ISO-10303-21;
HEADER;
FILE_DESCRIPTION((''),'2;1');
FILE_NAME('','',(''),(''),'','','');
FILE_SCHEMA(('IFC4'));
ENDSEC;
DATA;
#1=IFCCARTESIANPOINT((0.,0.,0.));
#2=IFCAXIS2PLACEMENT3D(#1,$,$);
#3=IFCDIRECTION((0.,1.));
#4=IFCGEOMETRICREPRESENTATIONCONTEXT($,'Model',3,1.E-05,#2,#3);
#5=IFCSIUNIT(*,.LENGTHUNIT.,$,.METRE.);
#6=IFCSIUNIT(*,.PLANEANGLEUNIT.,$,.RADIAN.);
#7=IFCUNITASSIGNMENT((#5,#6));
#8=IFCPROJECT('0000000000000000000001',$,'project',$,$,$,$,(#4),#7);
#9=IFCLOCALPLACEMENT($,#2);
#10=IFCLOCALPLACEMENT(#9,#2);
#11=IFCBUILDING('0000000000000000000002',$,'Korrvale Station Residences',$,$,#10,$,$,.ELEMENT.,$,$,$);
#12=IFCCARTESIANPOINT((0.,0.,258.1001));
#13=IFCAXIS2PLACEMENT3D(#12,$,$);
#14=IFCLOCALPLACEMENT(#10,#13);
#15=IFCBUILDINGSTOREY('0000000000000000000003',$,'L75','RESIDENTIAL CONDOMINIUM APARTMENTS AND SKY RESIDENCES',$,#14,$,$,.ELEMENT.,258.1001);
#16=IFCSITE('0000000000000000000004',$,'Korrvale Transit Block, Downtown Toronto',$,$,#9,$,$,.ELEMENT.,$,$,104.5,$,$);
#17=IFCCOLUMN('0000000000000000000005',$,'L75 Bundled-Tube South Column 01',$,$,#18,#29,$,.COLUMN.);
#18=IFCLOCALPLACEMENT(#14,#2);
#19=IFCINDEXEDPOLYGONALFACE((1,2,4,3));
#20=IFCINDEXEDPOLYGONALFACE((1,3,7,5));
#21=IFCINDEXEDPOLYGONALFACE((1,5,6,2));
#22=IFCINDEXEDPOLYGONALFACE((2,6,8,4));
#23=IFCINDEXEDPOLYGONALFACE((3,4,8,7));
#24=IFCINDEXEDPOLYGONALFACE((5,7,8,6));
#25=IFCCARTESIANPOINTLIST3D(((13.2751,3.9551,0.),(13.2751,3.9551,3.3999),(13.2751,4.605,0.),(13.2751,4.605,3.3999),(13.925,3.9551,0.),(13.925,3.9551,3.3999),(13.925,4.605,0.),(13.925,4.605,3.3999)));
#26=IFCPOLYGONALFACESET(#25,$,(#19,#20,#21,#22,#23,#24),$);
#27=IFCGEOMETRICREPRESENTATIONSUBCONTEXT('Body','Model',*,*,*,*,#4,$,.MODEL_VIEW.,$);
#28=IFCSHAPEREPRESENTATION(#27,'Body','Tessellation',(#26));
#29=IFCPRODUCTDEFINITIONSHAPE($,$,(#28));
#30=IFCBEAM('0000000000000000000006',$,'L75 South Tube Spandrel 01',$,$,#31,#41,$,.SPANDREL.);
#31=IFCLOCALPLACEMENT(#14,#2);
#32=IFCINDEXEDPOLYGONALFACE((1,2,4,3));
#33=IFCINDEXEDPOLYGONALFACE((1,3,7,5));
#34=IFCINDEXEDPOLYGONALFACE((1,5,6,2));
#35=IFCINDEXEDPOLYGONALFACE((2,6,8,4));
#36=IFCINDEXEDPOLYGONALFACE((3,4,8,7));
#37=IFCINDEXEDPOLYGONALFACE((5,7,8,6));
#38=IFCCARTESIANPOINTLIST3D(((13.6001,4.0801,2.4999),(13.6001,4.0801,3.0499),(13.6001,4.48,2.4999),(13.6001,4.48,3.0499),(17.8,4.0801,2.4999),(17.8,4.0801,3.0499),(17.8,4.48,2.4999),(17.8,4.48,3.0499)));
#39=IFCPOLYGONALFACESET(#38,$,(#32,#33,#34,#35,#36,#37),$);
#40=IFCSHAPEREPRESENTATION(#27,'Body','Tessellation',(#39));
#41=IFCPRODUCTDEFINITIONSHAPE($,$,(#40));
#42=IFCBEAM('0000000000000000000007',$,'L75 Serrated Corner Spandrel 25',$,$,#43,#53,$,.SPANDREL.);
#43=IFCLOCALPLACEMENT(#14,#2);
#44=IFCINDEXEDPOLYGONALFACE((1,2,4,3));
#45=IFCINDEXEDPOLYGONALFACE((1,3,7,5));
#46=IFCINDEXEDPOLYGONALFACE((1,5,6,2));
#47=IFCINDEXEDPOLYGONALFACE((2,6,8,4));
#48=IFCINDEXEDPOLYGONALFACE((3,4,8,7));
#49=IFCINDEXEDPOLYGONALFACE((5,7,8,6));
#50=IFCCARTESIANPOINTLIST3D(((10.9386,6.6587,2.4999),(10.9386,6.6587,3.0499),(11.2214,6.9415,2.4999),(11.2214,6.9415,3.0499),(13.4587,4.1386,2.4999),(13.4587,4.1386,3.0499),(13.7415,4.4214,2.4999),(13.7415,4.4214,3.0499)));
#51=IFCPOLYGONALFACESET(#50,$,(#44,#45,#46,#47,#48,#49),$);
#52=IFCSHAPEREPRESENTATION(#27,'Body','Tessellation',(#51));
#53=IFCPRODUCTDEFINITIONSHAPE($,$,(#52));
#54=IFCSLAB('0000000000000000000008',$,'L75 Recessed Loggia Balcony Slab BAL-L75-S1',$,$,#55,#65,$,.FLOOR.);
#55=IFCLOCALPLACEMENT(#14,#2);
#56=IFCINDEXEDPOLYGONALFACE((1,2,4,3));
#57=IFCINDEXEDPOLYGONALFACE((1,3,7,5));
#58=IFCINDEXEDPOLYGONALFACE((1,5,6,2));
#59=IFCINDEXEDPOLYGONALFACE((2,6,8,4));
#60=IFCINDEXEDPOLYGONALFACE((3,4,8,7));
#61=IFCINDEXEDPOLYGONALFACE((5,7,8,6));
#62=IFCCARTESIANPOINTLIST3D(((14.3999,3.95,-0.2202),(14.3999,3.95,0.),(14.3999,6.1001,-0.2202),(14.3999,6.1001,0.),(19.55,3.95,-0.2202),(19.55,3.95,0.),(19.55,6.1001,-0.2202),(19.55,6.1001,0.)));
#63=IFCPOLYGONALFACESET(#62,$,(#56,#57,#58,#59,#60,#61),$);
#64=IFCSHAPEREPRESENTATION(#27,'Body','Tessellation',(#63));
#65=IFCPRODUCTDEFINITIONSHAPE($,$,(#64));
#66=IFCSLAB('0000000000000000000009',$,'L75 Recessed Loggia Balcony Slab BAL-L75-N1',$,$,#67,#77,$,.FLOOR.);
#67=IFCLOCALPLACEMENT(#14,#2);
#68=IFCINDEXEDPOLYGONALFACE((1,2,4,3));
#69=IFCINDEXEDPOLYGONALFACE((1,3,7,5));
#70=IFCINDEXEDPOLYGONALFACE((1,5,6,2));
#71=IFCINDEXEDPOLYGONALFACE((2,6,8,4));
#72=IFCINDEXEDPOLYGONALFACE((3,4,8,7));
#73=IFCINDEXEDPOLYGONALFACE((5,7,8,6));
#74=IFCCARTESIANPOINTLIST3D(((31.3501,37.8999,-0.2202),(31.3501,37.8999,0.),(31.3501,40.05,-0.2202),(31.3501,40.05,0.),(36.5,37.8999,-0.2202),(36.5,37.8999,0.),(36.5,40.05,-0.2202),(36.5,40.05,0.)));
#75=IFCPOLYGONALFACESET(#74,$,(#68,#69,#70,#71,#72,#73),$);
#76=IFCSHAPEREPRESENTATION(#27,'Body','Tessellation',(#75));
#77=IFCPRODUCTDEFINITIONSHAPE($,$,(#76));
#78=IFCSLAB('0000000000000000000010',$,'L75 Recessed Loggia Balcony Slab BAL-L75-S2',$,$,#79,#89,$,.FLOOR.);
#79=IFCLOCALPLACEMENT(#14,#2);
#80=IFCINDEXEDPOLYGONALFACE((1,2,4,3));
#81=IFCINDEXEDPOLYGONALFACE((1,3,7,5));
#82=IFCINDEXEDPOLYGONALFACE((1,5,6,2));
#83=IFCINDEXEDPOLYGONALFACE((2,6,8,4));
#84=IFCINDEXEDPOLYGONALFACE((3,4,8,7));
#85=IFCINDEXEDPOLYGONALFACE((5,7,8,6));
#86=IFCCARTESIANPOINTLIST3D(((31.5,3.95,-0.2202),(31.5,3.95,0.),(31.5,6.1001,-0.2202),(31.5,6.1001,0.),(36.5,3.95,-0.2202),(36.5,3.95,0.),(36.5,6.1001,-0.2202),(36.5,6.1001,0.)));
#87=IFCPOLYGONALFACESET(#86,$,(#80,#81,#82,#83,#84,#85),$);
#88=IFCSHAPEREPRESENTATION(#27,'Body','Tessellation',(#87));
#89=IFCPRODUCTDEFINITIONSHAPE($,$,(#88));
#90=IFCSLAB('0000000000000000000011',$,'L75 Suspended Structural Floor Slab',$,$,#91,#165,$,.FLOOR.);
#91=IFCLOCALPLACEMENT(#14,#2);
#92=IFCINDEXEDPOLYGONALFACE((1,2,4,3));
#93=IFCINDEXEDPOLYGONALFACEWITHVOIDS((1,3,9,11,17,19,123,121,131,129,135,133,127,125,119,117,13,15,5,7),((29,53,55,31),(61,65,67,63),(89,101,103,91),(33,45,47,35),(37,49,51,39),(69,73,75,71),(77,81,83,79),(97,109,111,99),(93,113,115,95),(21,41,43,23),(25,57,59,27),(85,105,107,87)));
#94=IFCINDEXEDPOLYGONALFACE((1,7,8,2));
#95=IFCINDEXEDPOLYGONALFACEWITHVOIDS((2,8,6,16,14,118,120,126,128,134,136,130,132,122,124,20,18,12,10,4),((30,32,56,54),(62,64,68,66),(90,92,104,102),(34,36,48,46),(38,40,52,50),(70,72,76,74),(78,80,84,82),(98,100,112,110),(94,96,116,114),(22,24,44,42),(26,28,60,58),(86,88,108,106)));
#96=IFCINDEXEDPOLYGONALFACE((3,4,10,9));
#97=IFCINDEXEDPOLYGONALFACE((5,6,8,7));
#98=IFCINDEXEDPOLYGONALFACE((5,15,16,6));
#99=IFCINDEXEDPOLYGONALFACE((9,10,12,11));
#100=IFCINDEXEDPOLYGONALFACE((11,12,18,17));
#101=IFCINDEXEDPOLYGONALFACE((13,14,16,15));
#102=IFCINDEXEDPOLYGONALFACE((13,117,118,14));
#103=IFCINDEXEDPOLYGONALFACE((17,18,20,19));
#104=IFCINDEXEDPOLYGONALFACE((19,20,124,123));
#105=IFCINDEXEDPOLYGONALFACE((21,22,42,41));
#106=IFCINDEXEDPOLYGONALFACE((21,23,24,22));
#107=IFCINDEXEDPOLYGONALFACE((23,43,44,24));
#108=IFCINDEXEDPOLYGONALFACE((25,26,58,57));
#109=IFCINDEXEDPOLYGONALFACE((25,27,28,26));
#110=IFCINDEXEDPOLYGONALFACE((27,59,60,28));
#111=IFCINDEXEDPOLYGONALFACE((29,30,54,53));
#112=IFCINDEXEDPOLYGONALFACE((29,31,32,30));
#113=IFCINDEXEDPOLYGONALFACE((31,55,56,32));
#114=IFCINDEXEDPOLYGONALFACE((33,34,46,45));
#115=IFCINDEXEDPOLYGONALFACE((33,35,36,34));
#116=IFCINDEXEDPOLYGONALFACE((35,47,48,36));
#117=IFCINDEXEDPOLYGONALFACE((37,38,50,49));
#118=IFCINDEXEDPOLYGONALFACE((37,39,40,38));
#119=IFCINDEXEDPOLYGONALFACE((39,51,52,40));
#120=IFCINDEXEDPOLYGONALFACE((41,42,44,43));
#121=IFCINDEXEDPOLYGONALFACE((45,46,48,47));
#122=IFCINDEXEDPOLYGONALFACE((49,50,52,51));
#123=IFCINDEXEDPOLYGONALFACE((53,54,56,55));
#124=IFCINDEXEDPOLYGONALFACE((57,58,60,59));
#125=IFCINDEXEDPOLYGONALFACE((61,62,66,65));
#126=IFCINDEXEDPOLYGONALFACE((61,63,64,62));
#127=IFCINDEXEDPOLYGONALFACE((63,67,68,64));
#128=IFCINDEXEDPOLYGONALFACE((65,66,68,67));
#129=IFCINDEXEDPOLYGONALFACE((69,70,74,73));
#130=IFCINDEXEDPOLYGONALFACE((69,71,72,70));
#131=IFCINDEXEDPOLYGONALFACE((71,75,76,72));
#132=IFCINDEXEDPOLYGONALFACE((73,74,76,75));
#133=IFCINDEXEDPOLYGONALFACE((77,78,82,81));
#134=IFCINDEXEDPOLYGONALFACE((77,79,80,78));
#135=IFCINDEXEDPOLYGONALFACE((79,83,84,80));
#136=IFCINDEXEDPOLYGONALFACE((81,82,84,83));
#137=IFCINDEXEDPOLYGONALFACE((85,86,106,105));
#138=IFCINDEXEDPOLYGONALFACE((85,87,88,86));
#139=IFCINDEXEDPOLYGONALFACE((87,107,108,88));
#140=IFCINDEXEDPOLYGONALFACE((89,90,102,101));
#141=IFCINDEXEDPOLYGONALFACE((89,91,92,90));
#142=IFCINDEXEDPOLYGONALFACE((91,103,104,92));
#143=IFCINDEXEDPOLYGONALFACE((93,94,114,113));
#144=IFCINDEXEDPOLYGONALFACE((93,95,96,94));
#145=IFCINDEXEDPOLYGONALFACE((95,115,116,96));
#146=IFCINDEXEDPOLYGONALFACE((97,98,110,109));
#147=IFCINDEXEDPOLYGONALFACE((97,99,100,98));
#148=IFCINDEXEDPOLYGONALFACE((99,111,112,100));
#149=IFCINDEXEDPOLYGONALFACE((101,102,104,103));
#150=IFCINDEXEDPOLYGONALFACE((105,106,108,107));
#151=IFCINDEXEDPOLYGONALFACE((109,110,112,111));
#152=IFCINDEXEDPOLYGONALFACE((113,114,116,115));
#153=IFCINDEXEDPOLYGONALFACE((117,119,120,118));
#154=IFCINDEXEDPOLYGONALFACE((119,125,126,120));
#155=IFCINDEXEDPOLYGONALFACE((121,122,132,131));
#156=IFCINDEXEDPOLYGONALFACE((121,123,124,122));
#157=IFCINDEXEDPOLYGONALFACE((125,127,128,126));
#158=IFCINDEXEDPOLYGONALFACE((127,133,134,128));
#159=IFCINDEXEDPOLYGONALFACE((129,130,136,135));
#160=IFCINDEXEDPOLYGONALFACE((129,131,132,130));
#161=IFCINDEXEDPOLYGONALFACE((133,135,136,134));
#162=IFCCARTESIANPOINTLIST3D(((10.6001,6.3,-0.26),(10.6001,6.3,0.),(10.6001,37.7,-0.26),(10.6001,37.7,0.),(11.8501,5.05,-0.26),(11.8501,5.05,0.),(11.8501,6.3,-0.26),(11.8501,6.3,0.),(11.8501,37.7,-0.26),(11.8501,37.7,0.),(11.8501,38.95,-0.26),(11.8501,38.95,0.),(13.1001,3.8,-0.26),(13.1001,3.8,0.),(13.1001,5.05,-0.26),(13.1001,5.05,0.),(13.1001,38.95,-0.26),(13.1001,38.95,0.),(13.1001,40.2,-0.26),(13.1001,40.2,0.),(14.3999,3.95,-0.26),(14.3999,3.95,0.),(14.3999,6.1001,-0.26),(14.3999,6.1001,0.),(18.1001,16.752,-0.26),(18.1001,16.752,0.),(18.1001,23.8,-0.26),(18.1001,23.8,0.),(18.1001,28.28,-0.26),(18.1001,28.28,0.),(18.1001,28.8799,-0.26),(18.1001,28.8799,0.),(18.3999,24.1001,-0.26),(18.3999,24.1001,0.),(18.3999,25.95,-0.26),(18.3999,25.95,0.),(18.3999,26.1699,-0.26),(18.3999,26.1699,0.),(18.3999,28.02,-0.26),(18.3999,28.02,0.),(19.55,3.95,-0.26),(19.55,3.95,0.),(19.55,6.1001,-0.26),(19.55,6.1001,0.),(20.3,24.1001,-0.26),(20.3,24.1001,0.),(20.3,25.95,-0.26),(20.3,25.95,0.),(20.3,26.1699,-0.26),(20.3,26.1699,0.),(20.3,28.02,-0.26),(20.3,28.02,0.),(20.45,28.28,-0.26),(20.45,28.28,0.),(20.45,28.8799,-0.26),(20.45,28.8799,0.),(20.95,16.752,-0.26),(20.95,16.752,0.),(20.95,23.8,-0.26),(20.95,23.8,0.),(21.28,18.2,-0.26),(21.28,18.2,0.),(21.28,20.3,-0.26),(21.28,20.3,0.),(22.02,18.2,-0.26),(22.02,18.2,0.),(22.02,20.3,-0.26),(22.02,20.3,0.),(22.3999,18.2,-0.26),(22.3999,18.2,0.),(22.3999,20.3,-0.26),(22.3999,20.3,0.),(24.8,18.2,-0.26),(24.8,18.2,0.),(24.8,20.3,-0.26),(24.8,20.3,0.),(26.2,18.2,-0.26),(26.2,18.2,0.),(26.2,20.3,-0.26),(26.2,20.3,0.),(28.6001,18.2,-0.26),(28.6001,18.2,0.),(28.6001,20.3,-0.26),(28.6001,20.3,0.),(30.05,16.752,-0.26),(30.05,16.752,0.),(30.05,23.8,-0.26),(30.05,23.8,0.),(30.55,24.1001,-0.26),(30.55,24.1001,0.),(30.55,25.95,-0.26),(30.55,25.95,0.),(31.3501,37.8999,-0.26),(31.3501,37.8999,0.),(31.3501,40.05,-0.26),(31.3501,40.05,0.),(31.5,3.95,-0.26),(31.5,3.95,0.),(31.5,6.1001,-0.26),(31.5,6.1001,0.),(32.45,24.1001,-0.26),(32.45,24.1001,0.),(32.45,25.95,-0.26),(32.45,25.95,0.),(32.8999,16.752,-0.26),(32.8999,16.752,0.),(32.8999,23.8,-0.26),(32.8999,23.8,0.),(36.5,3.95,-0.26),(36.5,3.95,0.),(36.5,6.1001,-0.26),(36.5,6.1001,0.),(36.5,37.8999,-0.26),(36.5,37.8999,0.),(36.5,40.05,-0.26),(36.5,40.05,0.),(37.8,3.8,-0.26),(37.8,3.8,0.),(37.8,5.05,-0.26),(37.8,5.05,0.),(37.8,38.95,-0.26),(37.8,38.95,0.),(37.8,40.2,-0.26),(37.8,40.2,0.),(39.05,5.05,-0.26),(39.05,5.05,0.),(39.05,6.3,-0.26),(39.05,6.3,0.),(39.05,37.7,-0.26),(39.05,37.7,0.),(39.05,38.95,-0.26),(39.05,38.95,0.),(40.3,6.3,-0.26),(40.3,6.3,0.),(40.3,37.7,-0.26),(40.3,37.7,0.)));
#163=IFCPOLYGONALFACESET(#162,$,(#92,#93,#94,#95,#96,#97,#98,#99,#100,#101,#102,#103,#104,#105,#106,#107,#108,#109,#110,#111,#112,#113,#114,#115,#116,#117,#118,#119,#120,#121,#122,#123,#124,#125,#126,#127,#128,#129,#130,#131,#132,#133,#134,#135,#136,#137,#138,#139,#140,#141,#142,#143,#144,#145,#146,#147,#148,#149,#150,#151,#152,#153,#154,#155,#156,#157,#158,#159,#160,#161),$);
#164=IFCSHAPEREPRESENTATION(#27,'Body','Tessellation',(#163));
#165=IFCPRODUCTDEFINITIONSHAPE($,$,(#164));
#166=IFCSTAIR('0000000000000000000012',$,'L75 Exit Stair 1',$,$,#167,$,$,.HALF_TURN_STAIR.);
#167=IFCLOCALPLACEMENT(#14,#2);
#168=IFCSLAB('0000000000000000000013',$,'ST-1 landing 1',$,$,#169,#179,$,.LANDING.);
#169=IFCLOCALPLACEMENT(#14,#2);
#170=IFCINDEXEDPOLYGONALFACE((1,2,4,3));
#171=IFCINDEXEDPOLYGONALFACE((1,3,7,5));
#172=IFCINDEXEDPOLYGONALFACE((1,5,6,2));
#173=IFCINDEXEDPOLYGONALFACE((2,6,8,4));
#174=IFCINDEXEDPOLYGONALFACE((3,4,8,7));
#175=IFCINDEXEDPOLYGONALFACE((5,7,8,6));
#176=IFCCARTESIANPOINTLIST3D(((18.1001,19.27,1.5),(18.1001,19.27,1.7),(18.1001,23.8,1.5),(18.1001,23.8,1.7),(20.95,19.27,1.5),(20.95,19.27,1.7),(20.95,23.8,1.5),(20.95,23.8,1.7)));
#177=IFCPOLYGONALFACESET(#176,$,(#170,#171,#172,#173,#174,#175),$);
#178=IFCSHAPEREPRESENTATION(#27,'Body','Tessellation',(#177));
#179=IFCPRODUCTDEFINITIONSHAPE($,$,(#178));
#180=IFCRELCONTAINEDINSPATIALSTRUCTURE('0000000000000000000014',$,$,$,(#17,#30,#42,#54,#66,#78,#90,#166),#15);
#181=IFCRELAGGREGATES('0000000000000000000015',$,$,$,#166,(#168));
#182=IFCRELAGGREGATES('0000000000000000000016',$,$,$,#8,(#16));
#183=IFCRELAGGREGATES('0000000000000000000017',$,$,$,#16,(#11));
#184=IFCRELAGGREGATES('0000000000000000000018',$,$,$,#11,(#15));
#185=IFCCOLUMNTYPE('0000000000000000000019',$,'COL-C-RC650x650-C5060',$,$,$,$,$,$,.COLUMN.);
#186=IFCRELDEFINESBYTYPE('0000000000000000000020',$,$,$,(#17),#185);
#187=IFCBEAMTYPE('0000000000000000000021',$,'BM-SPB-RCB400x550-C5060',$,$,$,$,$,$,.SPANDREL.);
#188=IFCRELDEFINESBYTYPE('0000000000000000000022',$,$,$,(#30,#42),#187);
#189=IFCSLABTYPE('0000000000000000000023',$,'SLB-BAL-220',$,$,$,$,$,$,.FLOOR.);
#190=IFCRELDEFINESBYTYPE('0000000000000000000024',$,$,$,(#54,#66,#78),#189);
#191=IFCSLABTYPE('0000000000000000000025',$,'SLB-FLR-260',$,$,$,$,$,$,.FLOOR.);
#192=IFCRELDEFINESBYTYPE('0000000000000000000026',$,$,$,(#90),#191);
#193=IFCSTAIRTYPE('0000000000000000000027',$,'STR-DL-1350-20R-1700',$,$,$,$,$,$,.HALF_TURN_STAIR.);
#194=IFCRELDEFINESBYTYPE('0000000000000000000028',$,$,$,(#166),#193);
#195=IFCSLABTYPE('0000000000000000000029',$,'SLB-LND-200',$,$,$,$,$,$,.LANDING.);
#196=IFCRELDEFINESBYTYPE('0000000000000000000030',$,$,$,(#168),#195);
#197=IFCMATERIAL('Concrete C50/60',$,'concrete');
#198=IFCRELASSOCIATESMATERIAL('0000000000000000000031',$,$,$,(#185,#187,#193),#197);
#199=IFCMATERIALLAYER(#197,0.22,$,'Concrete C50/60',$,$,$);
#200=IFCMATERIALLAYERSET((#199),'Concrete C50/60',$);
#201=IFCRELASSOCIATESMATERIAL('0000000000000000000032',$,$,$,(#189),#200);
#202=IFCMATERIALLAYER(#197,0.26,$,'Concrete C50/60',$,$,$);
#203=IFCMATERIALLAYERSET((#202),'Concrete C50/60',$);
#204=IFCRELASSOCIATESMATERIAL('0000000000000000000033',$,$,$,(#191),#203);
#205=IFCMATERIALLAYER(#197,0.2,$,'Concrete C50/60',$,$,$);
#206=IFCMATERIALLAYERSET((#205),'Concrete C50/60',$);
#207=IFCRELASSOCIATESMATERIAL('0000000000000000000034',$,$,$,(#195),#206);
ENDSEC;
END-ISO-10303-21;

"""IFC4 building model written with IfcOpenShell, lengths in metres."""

from ifc_helpers import new_model, si_unit, direction, frame, origin, origin_2d, place, context, subcontext, project, spatial, polyline, rectangle, outline, extrude, material, layer, layer_set, material_profile, profile_set, type_object, element, aggregate, save


model = new_model("IFC4")

# Units and contexts
model_context = context("Model", 3, precision=1e-05, world=origin(), true_north=direction((0.0, 1.0)))
body_context = subcontext(model_context, "Body", "Model", "MODEL_VIEW")
ifc_project = project(units=[si_unit("LENGTHUNIT", "METRE"), si_unit("PLANEANGLEUNIT", "RADIAN")], contexts=[model_context])

# Site, building, storey
site_placement = place(None, origin())
site = spatial("IfcSite", under=ifc_project, at=site_placement, Name="Korrvale Transit Block, Downtown Toronto", CompositionType="ELEMENT", RefElevation=104.5)
building_placement = place(site_placement, origin())
building = spatial("IfcBuilding", under=site, at=building_placement, Name="Korrvale Station Residences", CompositionType="ELEMENT")
storey_placement = place(building_placement, frame((0.0, 0.0, 258.1001)))
storey = spatial("IfcBuildingStorey", under=building, at=storey_placement, Name="L75", Description="RESIDENTIAL CONDOMINIUM APARTMENTS AND SKY RESIDENCES", CompositionType="ELEMENT", Elevation=258.1001)

# Column
ifc_material_1 = material(Name="Concrete C50/60", Category="concrete")
ifc_material_profile_1 = material_profile(ifc_material_1, rectangle(XDim=0.6499, YDim=0.6499, at=origin_2d()), Name="RC650x650")
ifc_profile_set_1 = profile_set([ifc_material_profile_1], Name="Concrete C50/60")
column_type = type_object("IfcColumnType", Name="COL-C-RC650x650-C5060", PredefinedType="COLUMN", material=ifc_profile_set_1)
column_placement = place(storey_placement, frame((13.6001, 4.28, 0.0), z_axis=(0.0, 0.0, 1.0), x_axis=(1.0, 0.0, 0.0)))
element("IfcColumn", 1, at=column_placement, inside=storey, type_object=column_type, Name="L75 Bundled-Tube South Column 01", PredefinedType="COLUMN", context=body_context, shape_type="SweptSolid", body=[
    extrude(rectangle(XDim=0.6499, YDim=0.6499, at=origin_2d()), origin(), (0.0, 0.0, 1.0), 3.3999),
])

# Beams
ifc_material_profile_2 = material_profile(ifc_material_1, rectangle(XDim=0.3999, YDim=0.55, at=origin_2d()), Name="RCB400x550")
ifc_profile_set_2 = profile_set([ifc_material_profile_2], Name="Concrete C50/60")
beam_type = type_object("IfcBeamType", Name="BM-SPB-RCB400x550-C5060", PredefinedType="SPANDREL", material=ifc_profile_set_2)
beam_1_placement = place(storey_placement, frame((13.6001, 4.28, 2.7749), z_axis=(1.0, 0.0, 0.0), x_axis=(0.0, 1.0, 0.0)))
element("IfcBeam", 2, at=beam_1_placement, inside=storey, type_object=beam_type, Name="L75 South Tube Spandrel 01", PredefinedType="SPANDREL", context=body_context, shape_type="SweptSolid", body=[
    extrude(rectangle(XDim=0.3999, YDim=0.55, at=origin_2d()), origin(), (0.0, 0.0, 1.0), 4.2),
])
beam_2_placement = place(storey_placement, frame((13.6001, 4.28, 2.7749), z_axis=(-0.707107, 0.707107, 0.0), x_axis=(-0.707107, -0.707107, 0.0)))
element("IfcBeam", 3, at=beam_2_placement, inside=storey, type_object=beam_type, Name="L75 Serrated Corner Spandrel 25", PredefinedType="SPANDREL", context=body_context, shape_type="SweptSolid", body=[
    extrude(rectangle(XDim=0.3999, YDim=0.55, at=origin_2d()), origin(), (0.0, 0.0, 1.0), 3.564),
])

# Slabs
ifc_layer_1 = layer(ifc_material_1, 0.22, Name="Concrete C50/60")
ifc_layer_set_1 = layer_set([ifc_layer_1], Name="Concrete C50/60")
slab_type_1 = type_object("IfcSlabType", Name="SLB-BAL-220", PredefinedType="FLOOR", material=ifc_layer_set_1)
slab_1_placement = place(storey_placement, frame((0.0, 0.0, -0.2202)))
element("IfcSlab", 4, at=slab_1_placement, inside=storey, type_object=slab_type_1, Name="L75 Recessed Loggia Balcony Slab BAL-L75-S1", PredefinedType="FLOOR", context=body_context, shape_type="SweptSolid", body=[
    extrude(outline(polyline([(14.3999, 3.95), (19.55, 3.95), (19.55, 6.1001), (14.3999, 6.1001), (14.3999, 3.95)])), origin(), (0.0, 0.0, 1.0), 0.2202),
])
slab_2_placement = place(storey_placement, frame((0.0, 0.0, -0.2202)))
element("IfcSlab", 5, at=slab_2_placement, inside=storey, type_object=slab_type_1, Name="L75 Recessed Loggia Balcony Slab BAL-L75-N1", PredefinedType="FLOOR", context=body_context, shape_type="SweptSolid", body=[
    extrude(outline(polyline([(31.3501, 37.8999), (36.5, 37.8999), (36.5, 40.05), (31.3501, 40.05), (31.3501, 37.8999)])), origin(), (0.0, 0.0, 1.0), 0.2202),
])
slab_3_placement = place(storey_placement, frame((0.0, 0.0, -0.2202)))
element("IfcSlab", 6, at=slab_3_placement, inside=storey, type_object=slab_type_1, Name="L75 Recessed Loggia Balcony Slab BAL-L75-S2", PredefinedType="FLOOR", context=body_context, shape_type="SweptSolid", body=[
    extrude(outline(polyline([(31.5, 3.95), (36.5, 3.95), (36.5, 6.1001), (31.5, 6.1001), (31.5, 3.95)])), origin(), (0.0, 0.0, 1.0), 0.2202),
])
ifc_layer_2 = layer(ifc_material_1, 0.26, Name="Concrete C50/60")
ifc_layer_set_2 = layer_set([ifc_layer_2], Name="Concrete C50/60")
slab_type_2 = type_object("IfcSlabType", Name="SLB-FLR-260", PredefinedType="FLOOR", material=ifc_layer_set_2)
slab_4_placement = place(storey_placement, frame((0.0, 0.0, -0.26)))
element("IfcSlab", 7, at=slab_4_placement, inside=storey, type_object=slab_type_2, Name="L75 Suspended Structural Floor Slab", PredefinedType="FLOOR", context=body_context, shape_type="SweptSolid", body=[
    extrude(outline(polyline([(13.1001, 3.8), (37.8, 3.8), (37.8, 5.05), (39.05, 5.05), (39.05, 6.3), (40.3, 6.3), (40.3, 37.7), (39.05, 37.7), (39.05, 38.95), (37.8, 38.95), (37.8, 40.2), (13.1001, 40.2), (13.1001, 38.95), (11.8501, 38.95), (11.8501, 37.7), (10.6001, 37.7), (10.6001, 6.3), (11.8501, 6.3), (11.8501, 5.05), (13.1001, 5.05), (13.1001, 3.8)]), holes=[polyline([(20.95, 16.752), (20.95, 23.8), (18.1001, 23.8), (18.1001, 16.752), (20.95, 16.752)]), polyline([(32.8999, 16.752), (32.8999, 23.8), (30.05, 23.8), (30.05, 16.752), (32.8999, 16.752)]), polyline([(18.3999, 24.1001), (20.3, 24.1001), (20.3, 25.95), (18.3999, 25.95), (18.3999, 24.1001)]), polyline([(18.3999, 26.1699), (20.3, 26.1699), (20.3, 28.02), (18.3999, 28.02), (18.3999, 26.1699)]), polyline([(30.55, 24.1001), (32.45, 24.1001), (32.45, 25.95), (30.55, 25.95), (30.55, 24.1001)]), polyline([(22.3999, 18.2), (24.8, 18.2), (24.8, 20.3), (22.3999, 20.3), (22.3999, 18.2)]), polyline([(26.2, 18.2), (28.6001, 18.2), (28.6001, 20.3), (26.2, 20.3), (26.2, 18.2)]), polyline([(18.1001, 28.28), (20.45, 28.28), (20.45, 28.8799), (18.1001, 28.8799), (18.1001, 28.28)]), polyline([(21.28, 18.2), (22.02, 18.2), (22.02, 20.3), (21.28, 20.3), (21.28, 18.2)]), polyline([(14.3999, 3.95), (19.55, 3.95), (19.55, 6.1001), (14.3999, 6.1001), (14.3999, 3.95)]), polyline([(31.3501, 37.8999), (36.5, 37.8999), (36.5, 40.05), (31.3501, 40.05), (31.3501, 37.8999)]), polyline([(31.5, 3.95), (36.5, 3.95), (36.5, 6.1001), (31.5, 6.1001), (31.5, 3.95)])]), origin(), (0.0, 0.0, 1.0), 0.26),
])

# Stair, slab
stair_type = type_object("IfcStairType", Name="STR-DL-1350-20R-1700", PredefinedType="HALF_TURN_STAIR", material=ifc_material_1)
stair_1_placement = place(storey_placement, origin())
stair_1 = element("IfcStair", 8, at=stair_1_placement, inside=storey, type_object=stair_type, Name="L75 Exit Stair 1", PredefinedType="HALF_TURN_STAIR")
ifc_layer_3 = layer(ifc_material_1, 0.2, Name="Concrete C50/60")
ifc_layer_set_3 = layer_set([ifc_layer_3], Name="Concrete C50/60")
slab_type_3 = type_object("IfcSlabType", Name="SLB-LND-200", PredefinedType="LANDING", material=ifc_layer_set_3)
slab_5_placement = place(storey_placement, frame((0.0, 0.0, 1.5)))
slab_5 = element("IfcSlab", 9, at=slab_5_placement, type_object=slab_type_3, Name="ST-1 landing 1", PredefinedType="LANDING", context=body_context, shape_type="SweptSolid", body=[
    extrude(outline(polyline([(20.95, 19.27), (20.95, 23.8), (18.1001, 23.8), (18.1001, 19.27), (20.95, 19.27)])), origin(), (0.0, 0.0, 1.0), 0.2),
])
aggregate(stair_1, [slab_5])

save(model, "model.ifc")
